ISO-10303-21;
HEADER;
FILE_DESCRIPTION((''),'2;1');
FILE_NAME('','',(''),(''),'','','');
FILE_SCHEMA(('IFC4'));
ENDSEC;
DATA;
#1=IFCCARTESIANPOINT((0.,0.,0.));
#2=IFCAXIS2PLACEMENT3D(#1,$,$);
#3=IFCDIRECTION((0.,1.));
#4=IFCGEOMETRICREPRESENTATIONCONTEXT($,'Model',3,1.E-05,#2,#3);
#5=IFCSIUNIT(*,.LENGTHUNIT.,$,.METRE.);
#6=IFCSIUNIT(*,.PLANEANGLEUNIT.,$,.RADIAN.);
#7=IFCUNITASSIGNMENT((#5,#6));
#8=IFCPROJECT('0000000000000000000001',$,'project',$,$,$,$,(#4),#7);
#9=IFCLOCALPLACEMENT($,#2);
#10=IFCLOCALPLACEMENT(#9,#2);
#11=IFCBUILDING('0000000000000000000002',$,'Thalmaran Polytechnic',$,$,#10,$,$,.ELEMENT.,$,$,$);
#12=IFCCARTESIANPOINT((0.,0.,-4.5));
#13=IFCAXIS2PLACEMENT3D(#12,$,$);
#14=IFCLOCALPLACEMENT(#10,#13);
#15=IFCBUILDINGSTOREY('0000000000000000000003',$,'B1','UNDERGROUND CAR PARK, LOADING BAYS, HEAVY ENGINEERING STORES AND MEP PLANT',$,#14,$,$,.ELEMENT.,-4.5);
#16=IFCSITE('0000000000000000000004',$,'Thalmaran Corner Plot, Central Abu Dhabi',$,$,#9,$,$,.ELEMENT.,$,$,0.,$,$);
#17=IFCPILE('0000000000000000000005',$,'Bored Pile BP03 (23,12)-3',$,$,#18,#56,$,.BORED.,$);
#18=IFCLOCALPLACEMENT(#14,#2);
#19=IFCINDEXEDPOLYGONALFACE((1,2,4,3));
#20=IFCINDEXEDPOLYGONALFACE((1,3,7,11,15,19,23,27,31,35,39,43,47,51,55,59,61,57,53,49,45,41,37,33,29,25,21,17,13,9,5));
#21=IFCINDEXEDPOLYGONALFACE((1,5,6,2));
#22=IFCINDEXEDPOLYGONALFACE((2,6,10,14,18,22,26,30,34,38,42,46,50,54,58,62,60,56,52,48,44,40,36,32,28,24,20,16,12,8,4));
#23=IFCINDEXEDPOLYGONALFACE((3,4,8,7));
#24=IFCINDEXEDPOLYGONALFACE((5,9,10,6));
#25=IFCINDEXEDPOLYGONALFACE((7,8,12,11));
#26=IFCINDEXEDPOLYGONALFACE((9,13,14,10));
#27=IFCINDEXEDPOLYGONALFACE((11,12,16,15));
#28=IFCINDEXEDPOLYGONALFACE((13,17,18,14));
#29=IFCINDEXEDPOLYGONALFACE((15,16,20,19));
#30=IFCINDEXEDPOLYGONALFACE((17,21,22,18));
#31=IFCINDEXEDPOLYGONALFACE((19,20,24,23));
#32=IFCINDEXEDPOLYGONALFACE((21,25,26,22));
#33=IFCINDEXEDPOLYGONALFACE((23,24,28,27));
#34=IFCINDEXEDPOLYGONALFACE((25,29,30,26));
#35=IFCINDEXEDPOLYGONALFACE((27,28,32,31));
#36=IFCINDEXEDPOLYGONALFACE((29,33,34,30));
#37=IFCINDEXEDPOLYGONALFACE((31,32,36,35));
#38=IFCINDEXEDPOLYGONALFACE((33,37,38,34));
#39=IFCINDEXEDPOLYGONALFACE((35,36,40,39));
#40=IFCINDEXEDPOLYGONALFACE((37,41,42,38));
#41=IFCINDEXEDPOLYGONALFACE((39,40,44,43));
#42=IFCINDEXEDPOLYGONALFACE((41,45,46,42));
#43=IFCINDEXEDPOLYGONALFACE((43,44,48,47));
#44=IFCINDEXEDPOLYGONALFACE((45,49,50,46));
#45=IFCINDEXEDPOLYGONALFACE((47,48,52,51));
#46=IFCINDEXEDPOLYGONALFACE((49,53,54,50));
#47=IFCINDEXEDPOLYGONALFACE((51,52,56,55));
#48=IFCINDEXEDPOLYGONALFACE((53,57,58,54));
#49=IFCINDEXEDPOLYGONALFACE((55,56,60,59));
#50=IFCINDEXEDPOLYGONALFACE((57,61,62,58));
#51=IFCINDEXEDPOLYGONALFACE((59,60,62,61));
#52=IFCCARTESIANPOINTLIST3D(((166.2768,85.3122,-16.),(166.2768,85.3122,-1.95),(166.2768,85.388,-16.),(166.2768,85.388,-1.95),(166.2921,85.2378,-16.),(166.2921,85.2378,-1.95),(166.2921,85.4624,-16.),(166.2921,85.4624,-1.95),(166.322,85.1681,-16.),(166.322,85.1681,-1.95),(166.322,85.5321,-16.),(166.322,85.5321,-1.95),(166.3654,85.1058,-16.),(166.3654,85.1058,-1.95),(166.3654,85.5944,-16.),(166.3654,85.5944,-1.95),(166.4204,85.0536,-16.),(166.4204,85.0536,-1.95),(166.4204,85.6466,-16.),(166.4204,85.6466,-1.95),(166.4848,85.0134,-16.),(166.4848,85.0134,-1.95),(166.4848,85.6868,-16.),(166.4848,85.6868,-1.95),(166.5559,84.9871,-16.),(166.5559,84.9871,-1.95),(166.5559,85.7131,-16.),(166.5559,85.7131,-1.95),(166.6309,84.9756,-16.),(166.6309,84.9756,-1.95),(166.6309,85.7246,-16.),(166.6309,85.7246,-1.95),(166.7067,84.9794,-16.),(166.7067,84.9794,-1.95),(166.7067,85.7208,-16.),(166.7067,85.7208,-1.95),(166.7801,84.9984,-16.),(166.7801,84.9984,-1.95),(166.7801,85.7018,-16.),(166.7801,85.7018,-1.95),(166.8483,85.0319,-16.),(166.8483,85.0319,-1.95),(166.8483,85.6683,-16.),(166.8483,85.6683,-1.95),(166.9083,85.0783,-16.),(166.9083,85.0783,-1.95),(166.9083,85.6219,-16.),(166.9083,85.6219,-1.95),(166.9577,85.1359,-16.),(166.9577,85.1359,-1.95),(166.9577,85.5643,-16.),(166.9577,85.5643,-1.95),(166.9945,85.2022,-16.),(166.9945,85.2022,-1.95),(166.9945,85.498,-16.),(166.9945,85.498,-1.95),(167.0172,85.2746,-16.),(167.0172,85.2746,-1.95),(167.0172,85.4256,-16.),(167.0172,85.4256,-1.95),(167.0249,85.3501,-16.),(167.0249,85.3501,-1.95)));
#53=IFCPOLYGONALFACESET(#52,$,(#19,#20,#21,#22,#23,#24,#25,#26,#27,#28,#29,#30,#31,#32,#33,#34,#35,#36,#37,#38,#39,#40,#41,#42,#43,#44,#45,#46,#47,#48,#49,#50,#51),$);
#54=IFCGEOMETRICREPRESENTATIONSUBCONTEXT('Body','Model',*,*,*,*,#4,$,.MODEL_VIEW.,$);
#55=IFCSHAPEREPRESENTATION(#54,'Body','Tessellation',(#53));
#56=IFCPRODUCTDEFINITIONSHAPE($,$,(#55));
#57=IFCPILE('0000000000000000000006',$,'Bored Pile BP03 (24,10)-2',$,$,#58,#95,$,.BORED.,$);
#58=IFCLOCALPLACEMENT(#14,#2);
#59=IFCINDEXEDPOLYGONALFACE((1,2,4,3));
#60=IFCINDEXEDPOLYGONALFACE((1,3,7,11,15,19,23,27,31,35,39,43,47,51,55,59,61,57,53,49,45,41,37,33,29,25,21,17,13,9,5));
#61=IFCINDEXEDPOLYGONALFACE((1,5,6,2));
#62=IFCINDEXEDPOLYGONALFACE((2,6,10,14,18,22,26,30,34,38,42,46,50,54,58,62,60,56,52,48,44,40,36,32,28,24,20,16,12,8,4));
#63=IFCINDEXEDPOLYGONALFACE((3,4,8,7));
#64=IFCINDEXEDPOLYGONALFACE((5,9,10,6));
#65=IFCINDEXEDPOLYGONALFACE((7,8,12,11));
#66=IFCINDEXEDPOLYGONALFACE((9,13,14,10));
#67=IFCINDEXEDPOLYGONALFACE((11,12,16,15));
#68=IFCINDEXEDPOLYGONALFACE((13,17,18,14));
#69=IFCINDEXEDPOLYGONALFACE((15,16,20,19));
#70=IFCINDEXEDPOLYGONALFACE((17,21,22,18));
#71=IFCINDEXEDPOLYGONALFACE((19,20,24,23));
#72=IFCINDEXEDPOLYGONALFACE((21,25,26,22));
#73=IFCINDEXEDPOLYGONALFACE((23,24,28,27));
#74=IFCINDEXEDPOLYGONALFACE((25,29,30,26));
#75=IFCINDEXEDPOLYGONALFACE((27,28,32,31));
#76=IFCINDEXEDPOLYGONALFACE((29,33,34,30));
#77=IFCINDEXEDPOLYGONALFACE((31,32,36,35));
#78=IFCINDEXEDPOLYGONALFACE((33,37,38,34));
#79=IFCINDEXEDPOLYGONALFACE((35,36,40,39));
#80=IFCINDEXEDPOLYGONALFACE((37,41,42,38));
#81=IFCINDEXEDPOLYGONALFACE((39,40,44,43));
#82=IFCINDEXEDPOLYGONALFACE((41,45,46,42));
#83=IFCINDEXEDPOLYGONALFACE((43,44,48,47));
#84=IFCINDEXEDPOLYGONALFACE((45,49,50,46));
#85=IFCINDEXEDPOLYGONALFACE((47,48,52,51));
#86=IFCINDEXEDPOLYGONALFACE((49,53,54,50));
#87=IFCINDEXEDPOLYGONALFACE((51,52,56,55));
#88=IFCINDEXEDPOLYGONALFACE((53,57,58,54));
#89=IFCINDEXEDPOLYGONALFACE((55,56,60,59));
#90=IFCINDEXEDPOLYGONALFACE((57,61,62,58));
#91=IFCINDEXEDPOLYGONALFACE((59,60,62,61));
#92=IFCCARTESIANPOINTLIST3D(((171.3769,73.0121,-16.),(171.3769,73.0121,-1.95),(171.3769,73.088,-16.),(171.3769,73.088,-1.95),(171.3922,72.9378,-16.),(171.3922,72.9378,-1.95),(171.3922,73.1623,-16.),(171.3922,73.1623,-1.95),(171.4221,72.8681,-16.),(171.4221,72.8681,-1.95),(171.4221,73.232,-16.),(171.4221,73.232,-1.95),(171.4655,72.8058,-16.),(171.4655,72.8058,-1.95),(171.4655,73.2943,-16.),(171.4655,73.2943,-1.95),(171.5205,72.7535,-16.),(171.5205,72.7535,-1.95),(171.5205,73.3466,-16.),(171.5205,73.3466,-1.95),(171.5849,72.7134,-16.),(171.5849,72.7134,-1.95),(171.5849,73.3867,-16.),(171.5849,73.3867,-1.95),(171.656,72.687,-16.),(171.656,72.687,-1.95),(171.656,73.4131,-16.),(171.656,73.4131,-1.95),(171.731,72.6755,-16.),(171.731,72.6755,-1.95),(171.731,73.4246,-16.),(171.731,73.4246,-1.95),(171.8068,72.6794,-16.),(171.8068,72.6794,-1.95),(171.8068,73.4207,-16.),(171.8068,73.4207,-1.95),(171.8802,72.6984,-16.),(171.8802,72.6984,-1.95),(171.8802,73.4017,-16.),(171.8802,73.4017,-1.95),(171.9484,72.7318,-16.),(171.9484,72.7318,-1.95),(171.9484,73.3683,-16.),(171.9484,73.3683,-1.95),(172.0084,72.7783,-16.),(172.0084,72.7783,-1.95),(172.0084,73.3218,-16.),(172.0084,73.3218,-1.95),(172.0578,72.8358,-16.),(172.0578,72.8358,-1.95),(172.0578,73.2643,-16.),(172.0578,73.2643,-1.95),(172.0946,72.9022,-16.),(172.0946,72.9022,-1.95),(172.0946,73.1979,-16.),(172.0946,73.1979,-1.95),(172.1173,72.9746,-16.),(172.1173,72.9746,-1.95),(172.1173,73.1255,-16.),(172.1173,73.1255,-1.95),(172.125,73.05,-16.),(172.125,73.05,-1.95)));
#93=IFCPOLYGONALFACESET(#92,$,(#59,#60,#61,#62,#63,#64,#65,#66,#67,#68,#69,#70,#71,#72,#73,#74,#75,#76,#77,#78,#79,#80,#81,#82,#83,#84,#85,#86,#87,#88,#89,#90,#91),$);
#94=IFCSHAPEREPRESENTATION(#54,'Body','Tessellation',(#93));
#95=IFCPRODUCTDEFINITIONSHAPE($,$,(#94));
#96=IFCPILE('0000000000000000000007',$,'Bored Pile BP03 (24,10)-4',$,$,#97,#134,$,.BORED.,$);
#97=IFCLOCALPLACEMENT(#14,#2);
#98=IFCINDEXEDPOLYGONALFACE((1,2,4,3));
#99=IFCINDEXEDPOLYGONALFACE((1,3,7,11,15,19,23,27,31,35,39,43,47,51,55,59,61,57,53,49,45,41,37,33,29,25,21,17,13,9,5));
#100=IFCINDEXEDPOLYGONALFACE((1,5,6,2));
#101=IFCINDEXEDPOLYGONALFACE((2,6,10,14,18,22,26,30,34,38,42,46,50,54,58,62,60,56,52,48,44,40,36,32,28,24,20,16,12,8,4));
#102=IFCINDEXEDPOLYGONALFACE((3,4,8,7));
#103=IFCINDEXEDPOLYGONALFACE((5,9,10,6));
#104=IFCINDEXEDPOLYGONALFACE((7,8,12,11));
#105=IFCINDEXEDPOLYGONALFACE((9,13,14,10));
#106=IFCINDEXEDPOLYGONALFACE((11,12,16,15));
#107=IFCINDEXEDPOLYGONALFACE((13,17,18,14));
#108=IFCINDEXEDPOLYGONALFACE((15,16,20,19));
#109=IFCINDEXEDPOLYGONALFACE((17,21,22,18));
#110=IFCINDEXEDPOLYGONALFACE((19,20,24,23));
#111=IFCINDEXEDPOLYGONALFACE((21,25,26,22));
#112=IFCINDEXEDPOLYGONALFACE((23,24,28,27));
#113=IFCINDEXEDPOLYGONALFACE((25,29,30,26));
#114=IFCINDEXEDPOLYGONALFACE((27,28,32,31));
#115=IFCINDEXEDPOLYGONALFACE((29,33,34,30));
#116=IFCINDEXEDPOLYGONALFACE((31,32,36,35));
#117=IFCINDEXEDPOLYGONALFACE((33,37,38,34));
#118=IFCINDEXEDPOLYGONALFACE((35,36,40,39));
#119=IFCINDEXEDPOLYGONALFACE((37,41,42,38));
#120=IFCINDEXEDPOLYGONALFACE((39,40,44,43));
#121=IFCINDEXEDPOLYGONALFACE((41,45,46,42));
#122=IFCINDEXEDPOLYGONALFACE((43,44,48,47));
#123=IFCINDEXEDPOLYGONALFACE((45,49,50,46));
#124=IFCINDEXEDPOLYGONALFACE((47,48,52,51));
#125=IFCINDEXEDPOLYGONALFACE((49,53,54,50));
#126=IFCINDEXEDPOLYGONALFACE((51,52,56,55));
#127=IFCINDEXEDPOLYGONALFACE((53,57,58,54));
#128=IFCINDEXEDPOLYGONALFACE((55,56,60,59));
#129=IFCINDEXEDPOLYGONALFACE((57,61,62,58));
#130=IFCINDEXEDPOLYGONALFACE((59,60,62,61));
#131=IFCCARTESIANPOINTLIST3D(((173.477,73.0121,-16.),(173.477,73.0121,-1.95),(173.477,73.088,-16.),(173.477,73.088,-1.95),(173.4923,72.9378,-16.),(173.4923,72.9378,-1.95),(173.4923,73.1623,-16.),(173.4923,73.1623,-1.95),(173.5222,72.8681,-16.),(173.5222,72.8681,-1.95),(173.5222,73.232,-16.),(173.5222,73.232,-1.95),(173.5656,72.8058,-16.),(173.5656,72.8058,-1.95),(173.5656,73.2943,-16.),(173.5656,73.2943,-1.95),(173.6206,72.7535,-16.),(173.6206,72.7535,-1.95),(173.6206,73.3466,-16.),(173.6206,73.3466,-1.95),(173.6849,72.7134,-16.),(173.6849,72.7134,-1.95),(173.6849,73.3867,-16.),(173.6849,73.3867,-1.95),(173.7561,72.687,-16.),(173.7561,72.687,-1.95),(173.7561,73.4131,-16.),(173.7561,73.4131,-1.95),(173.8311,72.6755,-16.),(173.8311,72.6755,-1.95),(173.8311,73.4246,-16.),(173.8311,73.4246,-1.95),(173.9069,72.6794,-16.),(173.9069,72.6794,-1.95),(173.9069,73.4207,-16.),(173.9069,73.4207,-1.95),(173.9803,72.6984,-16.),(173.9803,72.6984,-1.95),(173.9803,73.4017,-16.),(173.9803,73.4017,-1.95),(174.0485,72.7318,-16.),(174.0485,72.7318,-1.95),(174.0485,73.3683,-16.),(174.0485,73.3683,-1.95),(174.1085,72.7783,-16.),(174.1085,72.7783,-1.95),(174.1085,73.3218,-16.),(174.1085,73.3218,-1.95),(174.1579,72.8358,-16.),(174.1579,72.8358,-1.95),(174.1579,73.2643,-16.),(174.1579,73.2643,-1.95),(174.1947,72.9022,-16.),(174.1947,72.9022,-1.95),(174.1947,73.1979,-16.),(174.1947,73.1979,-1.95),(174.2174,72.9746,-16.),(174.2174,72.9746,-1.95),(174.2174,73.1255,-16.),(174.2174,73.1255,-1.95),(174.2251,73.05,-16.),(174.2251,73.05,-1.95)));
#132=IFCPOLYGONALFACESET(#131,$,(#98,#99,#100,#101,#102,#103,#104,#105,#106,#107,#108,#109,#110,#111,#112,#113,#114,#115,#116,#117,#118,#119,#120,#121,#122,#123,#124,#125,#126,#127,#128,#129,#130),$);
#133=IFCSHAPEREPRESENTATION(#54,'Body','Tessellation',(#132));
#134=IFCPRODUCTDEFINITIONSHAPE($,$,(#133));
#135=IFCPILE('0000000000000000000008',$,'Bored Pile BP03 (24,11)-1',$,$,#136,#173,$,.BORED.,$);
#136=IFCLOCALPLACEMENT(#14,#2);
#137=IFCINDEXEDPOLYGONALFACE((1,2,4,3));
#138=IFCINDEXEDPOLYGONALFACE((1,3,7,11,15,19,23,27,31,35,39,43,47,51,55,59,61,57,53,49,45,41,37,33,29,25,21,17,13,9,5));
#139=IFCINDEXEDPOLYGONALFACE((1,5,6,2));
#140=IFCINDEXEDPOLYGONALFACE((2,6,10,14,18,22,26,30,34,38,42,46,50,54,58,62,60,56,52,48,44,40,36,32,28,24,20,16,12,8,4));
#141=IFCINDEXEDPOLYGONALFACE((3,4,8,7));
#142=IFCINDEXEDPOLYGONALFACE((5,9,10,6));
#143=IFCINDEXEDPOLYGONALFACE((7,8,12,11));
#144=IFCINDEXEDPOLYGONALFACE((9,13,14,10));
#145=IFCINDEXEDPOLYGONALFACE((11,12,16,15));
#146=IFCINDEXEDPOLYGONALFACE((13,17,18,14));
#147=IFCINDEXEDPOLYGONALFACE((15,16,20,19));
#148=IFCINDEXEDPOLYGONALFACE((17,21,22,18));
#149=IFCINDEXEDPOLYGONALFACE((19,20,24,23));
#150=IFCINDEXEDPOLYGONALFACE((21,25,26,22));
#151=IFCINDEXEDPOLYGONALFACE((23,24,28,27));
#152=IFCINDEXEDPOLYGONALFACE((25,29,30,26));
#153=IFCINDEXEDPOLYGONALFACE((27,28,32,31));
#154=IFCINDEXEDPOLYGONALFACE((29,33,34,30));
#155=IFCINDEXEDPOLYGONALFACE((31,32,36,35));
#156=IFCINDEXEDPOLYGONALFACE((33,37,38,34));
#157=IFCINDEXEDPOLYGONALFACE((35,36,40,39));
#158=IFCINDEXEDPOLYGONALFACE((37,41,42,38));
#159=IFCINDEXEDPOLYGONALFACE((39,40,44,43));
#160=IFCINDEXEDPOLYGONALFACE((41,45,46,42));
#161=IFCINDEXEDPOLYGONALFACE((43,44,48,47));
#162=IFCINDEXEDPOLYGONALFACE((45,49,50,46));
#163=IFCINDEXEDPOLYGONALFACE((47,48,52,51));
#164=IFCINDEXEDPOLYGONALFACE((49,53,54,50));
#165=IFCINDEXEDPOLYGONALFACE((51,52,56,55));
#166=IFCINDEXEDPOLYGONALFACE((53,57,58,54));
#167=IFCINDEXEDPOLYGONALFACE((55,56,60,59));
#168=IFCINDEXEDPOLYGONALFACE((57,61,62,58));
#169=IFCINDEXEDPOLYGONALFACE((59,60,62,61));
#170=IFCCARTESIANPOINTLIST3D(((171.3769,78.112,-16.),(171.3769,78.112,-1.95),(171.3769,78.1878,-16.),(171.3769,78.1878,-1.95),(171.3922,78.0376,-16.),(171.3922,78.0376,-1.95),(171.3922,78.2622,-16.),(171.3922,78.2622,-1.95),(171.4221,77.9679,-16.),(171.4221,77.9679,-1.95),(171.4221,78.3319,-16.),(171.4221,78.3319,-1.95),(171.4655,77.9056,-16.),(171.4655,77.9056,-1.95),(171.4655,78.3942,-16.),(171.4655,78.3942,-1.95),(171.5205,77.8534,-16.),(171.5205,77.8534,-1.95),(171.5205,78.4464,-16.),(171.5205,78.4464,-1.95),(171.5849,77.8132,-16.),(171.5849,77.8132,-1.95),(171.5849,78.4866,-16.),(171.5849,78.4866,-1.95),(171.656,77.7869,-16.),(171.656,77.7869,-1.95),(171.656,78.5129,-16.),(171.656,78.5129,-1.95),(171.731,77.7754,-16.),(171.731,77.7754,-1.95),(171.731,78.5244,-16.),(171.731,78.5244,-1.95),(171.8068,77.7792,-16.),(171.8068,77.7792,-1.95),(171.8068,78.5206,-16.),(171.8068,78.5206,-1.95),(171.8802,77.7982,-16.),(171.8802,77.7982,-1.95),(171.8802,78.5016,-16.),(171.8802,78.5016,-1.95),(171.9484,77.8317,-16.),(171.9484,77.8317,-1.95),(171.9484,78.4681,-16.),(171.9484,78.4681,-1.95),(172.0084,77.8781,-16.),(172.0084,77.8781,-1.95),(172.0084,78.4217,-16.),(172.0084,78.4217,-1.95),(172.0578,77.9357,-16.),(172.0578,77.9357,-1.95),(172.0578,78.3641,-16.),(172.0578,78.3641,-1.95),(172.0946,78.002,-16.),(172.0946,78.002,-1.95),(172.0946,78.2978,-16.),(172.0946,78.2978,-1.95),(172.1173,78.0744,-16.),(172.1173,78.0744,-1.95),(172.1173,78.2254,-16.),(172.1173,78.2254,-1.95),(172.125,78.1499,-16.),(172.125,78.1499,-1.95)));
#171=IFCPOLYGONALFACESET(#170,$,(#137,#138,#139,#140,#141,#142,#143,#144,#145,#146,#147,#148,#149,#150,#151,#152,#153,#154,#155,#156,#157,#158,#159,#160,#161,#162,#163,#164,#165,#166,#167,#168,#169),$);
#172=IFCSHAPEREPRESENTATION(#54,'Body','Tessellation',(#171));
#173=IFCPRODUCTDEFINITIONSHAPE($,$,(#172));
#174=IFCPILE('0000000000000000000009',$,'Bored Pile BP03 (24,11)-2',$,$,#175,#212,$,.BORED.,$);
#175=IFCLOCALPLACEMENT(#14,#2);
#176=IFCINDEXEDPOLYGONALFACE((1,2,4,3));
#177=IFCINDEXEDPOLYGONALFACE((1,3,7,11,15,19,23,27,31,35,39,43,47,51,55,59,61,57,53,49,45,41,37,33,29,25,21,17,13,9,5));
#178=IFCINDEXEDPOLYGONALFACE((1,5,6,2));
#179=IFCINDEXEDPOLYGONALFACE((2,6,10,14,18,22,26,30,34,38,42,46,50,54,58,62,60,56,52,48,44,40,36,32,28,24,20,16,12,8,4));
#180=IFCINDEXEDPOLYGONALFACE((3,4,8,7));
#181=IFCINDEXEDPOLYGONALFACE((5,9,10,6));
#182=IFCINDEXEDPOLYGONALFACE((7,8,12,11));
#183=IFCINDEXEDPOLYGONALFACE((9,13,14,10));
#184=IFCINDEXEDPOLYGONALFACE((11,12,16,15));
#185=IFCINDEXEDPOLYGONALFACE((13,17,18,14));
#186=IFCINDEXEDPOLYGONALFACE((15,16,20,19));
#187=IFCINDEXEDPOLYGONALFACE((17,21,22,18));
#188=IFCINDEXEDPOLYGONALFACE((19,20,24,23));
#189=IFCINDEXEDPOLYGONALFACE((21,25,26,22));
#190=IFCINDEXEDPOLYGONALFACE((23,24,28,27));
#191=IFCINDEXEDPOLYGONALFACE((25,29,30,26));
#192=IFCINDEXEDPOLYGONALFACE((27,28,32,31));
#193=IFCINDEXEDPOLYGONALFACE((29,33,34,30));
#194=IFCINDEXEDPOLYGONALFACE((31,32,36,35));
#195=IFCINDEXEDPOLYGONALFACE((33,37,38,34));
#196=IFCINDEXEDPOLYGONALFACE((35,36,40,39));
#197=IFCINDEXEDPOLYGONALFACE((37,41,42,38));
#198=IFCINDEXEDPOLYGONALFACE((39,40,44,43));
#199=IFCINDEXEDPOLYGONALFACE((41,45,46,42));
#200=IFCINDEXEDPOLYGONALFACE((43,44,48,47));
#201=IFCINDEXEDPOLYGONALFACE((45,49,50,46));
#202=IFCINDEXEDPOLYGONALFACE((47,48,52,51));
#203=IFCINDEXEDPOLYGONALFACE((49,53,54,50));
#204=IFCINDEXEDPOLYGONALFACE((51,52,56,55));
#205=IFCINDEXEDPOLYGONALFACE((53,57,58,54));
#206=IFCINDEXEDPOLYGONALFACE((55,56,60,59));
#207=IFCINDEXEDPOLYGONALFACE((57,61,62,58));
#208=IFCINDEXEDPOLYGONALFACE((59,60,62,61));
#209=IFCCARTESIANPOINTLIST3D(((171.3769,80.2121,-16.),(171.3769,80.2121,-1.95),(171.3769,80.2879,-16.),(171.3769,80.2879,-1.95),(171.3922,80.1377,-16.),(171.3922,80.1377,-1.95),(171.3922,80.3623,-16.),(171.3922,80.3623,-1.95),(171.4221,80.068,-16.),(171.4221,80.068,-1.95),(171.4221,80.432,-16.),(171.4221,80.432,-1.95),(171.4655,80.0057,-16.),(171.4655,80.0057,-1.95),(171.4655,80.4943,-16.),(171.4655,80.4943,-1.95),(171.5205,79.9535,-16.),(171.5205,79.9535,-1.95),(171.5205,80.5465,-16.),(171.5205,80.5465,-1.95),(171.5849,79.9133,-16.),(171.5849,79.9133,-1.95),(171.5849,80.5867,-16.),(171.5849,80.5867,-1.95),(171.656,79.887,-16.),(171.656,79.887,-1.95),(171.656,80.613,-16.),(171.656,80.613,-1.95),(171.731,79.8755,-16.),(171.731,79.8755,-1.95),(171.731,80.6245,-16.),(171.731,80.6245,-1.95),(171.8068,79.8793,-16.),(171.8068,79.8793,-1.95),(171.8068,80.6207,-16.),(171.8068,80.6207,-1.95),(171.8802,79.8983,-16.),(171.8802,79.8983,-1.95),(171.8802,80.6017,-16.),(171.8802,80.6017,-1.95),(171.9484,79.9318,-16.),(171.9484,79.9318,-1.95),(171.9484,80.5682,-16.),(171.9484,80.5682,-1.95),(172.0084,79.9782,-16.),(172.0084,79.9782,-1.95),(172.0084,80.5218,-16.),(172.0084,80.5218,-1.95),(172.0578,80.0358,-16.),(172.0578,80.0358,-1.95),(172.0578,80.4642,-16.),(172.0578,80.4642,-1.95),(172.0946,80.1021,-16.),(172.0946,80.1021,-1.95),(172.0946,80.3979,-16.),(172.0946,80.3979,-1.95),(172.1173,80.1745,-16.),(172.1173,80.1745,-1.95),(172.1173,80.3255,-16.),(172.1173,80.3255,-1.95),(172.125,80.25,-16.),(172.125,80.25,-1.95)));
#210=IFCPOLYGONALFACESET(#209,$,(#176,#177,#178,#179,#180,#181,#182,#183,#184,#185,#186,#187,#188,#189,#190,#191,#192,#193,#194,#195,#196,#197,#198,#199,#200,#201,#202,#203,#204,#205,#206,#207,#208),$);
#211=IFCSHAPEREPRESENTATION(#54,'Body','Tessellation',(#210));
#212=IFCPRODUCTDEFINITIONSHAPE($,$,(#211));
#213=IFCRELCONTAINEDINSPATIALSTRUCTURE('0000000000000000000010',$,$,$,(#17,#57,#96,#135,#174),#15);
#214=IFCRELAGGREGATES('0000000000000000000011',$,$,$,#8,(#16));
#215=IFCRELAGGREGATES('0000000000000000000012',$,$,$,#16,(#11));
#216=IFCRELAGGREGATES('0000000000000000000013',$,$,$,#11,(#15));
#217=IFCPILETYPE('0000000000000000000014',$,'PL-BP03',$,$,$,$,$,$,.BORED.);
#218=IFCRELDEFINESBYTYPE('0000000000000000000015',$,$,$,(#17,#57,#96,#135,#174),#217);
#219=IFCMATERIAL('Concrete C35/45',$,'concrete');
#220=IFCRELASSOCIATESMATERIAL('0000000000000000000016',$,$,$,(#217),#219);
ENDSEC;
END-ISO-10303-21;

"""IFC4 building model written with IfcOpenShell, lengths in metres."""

from ifc_helpers import new_model, si_unit, direction, frame, origin, origin_2d, place, context, subcontext, project, spatial, circle, extrude, material, material_profile, profile_set, type_object, element, save


model = new_model("IFC4")

# Units and contexts
model_context = context("Model", 3, precision=1e-05, world=origin(), true_north=direction((0.0, 1.0)))
body_context = subcontext(model_context, "Body", "Model", "MODEL_VIEW")
ifc_project = project(units=[si_unit("LENGTHUNIT", "METRE"), si_unit("PLANEANGLEUNIT", "RADIAN")], contexts=[model_context])

# Site, building, storey
site_placement = place(None, origin())
site = spatial("IfcSite", under=ifc_project, at=site_placement, Name="Thalmaran Corner Plot, Central Abu Dhabi", CompositionType="ELEMENT", RefElevation=0.0)
building_placement = place(site_placement, origin())
building = spatial("IfcBuilding", under=site, at=building_placement, Name="Thalmaran Polytechnic", CompositionType="ELEMENT")
storey_placement = place(building_placement, frame((0.0, 0.0, -4.5)))
storey = spatial("IfcBuildingStorey", under=building, at=storey_placement, Name="B1", Description="UNDERGROUND CAR PARK, LOADING BAYS, HEAVY ENGINEERING STORES AND MEP PLANT", CompositionType="ELEMENT", Elevation=-4.5)

# Piles
ifc_material_1 = material(Name="Concrete C35/45", Category="concrete")
ifc_material_profile_1 = material_profile(ifc_material_1, circle(Radius=0.375, at=origin_2d()), Name="RC 750 DIA")
ifc_profile_set_1 = profile_set([ifc_material_profile_1], Name="Concrete C35/45")
pile_type = type_object("IfcPileType", Name="PL-BP03", PredefinedType="BORED", material=ifc_profile_set_1)
for number, where, z_axis, x_axis, name in (
    (1, (166.6499, 85.3501, -1.95), (0.0, 0.0, -1.0), (1.0, 0.0, 0.0), "Bored Pile BP03 (23,12)-3"),
    (2, (171.75, 73.05, -1.95), (0.0, 0.0, -1.0), (1.0, 0.0, 0.0), "Bored Pile BP03 (24,10)-2"),
    (3, (173.8501, 73.05, -1.95), (0.0, 0.0, -1.0), (1.0, 0.0, 0.0), "Bored Pile BP03 (24,10)-4"),
    (4, (171.75, 78.1499, -1.95), (0.0, 0.0, -1.0), (1.0, 0.0, 0.0), "Bored Pile BP03 (24,11)-1"),
    (5, (171.75, 80.25, -1.95), (0.0, 0.0, -1.0), (1.0, 0.0, 0.0), "Bored Pile BP03 (24,11)-2"),
):
    element("IfcPile", number, at=place(storey_placement, frame(where, z_axis=z_axis, x_axis=x_axis)), inside=storey, type_object=pile_type, Name=name, PredefinedType="BORED", context=body_context, shape_type="SweptSolid", body=[
        extrude(circle(Radius=0.375, at=origin_2d()), origin(), (0.0, 0.0, 1.0), 14.05),
    ])

save(model, "model.ifc")
